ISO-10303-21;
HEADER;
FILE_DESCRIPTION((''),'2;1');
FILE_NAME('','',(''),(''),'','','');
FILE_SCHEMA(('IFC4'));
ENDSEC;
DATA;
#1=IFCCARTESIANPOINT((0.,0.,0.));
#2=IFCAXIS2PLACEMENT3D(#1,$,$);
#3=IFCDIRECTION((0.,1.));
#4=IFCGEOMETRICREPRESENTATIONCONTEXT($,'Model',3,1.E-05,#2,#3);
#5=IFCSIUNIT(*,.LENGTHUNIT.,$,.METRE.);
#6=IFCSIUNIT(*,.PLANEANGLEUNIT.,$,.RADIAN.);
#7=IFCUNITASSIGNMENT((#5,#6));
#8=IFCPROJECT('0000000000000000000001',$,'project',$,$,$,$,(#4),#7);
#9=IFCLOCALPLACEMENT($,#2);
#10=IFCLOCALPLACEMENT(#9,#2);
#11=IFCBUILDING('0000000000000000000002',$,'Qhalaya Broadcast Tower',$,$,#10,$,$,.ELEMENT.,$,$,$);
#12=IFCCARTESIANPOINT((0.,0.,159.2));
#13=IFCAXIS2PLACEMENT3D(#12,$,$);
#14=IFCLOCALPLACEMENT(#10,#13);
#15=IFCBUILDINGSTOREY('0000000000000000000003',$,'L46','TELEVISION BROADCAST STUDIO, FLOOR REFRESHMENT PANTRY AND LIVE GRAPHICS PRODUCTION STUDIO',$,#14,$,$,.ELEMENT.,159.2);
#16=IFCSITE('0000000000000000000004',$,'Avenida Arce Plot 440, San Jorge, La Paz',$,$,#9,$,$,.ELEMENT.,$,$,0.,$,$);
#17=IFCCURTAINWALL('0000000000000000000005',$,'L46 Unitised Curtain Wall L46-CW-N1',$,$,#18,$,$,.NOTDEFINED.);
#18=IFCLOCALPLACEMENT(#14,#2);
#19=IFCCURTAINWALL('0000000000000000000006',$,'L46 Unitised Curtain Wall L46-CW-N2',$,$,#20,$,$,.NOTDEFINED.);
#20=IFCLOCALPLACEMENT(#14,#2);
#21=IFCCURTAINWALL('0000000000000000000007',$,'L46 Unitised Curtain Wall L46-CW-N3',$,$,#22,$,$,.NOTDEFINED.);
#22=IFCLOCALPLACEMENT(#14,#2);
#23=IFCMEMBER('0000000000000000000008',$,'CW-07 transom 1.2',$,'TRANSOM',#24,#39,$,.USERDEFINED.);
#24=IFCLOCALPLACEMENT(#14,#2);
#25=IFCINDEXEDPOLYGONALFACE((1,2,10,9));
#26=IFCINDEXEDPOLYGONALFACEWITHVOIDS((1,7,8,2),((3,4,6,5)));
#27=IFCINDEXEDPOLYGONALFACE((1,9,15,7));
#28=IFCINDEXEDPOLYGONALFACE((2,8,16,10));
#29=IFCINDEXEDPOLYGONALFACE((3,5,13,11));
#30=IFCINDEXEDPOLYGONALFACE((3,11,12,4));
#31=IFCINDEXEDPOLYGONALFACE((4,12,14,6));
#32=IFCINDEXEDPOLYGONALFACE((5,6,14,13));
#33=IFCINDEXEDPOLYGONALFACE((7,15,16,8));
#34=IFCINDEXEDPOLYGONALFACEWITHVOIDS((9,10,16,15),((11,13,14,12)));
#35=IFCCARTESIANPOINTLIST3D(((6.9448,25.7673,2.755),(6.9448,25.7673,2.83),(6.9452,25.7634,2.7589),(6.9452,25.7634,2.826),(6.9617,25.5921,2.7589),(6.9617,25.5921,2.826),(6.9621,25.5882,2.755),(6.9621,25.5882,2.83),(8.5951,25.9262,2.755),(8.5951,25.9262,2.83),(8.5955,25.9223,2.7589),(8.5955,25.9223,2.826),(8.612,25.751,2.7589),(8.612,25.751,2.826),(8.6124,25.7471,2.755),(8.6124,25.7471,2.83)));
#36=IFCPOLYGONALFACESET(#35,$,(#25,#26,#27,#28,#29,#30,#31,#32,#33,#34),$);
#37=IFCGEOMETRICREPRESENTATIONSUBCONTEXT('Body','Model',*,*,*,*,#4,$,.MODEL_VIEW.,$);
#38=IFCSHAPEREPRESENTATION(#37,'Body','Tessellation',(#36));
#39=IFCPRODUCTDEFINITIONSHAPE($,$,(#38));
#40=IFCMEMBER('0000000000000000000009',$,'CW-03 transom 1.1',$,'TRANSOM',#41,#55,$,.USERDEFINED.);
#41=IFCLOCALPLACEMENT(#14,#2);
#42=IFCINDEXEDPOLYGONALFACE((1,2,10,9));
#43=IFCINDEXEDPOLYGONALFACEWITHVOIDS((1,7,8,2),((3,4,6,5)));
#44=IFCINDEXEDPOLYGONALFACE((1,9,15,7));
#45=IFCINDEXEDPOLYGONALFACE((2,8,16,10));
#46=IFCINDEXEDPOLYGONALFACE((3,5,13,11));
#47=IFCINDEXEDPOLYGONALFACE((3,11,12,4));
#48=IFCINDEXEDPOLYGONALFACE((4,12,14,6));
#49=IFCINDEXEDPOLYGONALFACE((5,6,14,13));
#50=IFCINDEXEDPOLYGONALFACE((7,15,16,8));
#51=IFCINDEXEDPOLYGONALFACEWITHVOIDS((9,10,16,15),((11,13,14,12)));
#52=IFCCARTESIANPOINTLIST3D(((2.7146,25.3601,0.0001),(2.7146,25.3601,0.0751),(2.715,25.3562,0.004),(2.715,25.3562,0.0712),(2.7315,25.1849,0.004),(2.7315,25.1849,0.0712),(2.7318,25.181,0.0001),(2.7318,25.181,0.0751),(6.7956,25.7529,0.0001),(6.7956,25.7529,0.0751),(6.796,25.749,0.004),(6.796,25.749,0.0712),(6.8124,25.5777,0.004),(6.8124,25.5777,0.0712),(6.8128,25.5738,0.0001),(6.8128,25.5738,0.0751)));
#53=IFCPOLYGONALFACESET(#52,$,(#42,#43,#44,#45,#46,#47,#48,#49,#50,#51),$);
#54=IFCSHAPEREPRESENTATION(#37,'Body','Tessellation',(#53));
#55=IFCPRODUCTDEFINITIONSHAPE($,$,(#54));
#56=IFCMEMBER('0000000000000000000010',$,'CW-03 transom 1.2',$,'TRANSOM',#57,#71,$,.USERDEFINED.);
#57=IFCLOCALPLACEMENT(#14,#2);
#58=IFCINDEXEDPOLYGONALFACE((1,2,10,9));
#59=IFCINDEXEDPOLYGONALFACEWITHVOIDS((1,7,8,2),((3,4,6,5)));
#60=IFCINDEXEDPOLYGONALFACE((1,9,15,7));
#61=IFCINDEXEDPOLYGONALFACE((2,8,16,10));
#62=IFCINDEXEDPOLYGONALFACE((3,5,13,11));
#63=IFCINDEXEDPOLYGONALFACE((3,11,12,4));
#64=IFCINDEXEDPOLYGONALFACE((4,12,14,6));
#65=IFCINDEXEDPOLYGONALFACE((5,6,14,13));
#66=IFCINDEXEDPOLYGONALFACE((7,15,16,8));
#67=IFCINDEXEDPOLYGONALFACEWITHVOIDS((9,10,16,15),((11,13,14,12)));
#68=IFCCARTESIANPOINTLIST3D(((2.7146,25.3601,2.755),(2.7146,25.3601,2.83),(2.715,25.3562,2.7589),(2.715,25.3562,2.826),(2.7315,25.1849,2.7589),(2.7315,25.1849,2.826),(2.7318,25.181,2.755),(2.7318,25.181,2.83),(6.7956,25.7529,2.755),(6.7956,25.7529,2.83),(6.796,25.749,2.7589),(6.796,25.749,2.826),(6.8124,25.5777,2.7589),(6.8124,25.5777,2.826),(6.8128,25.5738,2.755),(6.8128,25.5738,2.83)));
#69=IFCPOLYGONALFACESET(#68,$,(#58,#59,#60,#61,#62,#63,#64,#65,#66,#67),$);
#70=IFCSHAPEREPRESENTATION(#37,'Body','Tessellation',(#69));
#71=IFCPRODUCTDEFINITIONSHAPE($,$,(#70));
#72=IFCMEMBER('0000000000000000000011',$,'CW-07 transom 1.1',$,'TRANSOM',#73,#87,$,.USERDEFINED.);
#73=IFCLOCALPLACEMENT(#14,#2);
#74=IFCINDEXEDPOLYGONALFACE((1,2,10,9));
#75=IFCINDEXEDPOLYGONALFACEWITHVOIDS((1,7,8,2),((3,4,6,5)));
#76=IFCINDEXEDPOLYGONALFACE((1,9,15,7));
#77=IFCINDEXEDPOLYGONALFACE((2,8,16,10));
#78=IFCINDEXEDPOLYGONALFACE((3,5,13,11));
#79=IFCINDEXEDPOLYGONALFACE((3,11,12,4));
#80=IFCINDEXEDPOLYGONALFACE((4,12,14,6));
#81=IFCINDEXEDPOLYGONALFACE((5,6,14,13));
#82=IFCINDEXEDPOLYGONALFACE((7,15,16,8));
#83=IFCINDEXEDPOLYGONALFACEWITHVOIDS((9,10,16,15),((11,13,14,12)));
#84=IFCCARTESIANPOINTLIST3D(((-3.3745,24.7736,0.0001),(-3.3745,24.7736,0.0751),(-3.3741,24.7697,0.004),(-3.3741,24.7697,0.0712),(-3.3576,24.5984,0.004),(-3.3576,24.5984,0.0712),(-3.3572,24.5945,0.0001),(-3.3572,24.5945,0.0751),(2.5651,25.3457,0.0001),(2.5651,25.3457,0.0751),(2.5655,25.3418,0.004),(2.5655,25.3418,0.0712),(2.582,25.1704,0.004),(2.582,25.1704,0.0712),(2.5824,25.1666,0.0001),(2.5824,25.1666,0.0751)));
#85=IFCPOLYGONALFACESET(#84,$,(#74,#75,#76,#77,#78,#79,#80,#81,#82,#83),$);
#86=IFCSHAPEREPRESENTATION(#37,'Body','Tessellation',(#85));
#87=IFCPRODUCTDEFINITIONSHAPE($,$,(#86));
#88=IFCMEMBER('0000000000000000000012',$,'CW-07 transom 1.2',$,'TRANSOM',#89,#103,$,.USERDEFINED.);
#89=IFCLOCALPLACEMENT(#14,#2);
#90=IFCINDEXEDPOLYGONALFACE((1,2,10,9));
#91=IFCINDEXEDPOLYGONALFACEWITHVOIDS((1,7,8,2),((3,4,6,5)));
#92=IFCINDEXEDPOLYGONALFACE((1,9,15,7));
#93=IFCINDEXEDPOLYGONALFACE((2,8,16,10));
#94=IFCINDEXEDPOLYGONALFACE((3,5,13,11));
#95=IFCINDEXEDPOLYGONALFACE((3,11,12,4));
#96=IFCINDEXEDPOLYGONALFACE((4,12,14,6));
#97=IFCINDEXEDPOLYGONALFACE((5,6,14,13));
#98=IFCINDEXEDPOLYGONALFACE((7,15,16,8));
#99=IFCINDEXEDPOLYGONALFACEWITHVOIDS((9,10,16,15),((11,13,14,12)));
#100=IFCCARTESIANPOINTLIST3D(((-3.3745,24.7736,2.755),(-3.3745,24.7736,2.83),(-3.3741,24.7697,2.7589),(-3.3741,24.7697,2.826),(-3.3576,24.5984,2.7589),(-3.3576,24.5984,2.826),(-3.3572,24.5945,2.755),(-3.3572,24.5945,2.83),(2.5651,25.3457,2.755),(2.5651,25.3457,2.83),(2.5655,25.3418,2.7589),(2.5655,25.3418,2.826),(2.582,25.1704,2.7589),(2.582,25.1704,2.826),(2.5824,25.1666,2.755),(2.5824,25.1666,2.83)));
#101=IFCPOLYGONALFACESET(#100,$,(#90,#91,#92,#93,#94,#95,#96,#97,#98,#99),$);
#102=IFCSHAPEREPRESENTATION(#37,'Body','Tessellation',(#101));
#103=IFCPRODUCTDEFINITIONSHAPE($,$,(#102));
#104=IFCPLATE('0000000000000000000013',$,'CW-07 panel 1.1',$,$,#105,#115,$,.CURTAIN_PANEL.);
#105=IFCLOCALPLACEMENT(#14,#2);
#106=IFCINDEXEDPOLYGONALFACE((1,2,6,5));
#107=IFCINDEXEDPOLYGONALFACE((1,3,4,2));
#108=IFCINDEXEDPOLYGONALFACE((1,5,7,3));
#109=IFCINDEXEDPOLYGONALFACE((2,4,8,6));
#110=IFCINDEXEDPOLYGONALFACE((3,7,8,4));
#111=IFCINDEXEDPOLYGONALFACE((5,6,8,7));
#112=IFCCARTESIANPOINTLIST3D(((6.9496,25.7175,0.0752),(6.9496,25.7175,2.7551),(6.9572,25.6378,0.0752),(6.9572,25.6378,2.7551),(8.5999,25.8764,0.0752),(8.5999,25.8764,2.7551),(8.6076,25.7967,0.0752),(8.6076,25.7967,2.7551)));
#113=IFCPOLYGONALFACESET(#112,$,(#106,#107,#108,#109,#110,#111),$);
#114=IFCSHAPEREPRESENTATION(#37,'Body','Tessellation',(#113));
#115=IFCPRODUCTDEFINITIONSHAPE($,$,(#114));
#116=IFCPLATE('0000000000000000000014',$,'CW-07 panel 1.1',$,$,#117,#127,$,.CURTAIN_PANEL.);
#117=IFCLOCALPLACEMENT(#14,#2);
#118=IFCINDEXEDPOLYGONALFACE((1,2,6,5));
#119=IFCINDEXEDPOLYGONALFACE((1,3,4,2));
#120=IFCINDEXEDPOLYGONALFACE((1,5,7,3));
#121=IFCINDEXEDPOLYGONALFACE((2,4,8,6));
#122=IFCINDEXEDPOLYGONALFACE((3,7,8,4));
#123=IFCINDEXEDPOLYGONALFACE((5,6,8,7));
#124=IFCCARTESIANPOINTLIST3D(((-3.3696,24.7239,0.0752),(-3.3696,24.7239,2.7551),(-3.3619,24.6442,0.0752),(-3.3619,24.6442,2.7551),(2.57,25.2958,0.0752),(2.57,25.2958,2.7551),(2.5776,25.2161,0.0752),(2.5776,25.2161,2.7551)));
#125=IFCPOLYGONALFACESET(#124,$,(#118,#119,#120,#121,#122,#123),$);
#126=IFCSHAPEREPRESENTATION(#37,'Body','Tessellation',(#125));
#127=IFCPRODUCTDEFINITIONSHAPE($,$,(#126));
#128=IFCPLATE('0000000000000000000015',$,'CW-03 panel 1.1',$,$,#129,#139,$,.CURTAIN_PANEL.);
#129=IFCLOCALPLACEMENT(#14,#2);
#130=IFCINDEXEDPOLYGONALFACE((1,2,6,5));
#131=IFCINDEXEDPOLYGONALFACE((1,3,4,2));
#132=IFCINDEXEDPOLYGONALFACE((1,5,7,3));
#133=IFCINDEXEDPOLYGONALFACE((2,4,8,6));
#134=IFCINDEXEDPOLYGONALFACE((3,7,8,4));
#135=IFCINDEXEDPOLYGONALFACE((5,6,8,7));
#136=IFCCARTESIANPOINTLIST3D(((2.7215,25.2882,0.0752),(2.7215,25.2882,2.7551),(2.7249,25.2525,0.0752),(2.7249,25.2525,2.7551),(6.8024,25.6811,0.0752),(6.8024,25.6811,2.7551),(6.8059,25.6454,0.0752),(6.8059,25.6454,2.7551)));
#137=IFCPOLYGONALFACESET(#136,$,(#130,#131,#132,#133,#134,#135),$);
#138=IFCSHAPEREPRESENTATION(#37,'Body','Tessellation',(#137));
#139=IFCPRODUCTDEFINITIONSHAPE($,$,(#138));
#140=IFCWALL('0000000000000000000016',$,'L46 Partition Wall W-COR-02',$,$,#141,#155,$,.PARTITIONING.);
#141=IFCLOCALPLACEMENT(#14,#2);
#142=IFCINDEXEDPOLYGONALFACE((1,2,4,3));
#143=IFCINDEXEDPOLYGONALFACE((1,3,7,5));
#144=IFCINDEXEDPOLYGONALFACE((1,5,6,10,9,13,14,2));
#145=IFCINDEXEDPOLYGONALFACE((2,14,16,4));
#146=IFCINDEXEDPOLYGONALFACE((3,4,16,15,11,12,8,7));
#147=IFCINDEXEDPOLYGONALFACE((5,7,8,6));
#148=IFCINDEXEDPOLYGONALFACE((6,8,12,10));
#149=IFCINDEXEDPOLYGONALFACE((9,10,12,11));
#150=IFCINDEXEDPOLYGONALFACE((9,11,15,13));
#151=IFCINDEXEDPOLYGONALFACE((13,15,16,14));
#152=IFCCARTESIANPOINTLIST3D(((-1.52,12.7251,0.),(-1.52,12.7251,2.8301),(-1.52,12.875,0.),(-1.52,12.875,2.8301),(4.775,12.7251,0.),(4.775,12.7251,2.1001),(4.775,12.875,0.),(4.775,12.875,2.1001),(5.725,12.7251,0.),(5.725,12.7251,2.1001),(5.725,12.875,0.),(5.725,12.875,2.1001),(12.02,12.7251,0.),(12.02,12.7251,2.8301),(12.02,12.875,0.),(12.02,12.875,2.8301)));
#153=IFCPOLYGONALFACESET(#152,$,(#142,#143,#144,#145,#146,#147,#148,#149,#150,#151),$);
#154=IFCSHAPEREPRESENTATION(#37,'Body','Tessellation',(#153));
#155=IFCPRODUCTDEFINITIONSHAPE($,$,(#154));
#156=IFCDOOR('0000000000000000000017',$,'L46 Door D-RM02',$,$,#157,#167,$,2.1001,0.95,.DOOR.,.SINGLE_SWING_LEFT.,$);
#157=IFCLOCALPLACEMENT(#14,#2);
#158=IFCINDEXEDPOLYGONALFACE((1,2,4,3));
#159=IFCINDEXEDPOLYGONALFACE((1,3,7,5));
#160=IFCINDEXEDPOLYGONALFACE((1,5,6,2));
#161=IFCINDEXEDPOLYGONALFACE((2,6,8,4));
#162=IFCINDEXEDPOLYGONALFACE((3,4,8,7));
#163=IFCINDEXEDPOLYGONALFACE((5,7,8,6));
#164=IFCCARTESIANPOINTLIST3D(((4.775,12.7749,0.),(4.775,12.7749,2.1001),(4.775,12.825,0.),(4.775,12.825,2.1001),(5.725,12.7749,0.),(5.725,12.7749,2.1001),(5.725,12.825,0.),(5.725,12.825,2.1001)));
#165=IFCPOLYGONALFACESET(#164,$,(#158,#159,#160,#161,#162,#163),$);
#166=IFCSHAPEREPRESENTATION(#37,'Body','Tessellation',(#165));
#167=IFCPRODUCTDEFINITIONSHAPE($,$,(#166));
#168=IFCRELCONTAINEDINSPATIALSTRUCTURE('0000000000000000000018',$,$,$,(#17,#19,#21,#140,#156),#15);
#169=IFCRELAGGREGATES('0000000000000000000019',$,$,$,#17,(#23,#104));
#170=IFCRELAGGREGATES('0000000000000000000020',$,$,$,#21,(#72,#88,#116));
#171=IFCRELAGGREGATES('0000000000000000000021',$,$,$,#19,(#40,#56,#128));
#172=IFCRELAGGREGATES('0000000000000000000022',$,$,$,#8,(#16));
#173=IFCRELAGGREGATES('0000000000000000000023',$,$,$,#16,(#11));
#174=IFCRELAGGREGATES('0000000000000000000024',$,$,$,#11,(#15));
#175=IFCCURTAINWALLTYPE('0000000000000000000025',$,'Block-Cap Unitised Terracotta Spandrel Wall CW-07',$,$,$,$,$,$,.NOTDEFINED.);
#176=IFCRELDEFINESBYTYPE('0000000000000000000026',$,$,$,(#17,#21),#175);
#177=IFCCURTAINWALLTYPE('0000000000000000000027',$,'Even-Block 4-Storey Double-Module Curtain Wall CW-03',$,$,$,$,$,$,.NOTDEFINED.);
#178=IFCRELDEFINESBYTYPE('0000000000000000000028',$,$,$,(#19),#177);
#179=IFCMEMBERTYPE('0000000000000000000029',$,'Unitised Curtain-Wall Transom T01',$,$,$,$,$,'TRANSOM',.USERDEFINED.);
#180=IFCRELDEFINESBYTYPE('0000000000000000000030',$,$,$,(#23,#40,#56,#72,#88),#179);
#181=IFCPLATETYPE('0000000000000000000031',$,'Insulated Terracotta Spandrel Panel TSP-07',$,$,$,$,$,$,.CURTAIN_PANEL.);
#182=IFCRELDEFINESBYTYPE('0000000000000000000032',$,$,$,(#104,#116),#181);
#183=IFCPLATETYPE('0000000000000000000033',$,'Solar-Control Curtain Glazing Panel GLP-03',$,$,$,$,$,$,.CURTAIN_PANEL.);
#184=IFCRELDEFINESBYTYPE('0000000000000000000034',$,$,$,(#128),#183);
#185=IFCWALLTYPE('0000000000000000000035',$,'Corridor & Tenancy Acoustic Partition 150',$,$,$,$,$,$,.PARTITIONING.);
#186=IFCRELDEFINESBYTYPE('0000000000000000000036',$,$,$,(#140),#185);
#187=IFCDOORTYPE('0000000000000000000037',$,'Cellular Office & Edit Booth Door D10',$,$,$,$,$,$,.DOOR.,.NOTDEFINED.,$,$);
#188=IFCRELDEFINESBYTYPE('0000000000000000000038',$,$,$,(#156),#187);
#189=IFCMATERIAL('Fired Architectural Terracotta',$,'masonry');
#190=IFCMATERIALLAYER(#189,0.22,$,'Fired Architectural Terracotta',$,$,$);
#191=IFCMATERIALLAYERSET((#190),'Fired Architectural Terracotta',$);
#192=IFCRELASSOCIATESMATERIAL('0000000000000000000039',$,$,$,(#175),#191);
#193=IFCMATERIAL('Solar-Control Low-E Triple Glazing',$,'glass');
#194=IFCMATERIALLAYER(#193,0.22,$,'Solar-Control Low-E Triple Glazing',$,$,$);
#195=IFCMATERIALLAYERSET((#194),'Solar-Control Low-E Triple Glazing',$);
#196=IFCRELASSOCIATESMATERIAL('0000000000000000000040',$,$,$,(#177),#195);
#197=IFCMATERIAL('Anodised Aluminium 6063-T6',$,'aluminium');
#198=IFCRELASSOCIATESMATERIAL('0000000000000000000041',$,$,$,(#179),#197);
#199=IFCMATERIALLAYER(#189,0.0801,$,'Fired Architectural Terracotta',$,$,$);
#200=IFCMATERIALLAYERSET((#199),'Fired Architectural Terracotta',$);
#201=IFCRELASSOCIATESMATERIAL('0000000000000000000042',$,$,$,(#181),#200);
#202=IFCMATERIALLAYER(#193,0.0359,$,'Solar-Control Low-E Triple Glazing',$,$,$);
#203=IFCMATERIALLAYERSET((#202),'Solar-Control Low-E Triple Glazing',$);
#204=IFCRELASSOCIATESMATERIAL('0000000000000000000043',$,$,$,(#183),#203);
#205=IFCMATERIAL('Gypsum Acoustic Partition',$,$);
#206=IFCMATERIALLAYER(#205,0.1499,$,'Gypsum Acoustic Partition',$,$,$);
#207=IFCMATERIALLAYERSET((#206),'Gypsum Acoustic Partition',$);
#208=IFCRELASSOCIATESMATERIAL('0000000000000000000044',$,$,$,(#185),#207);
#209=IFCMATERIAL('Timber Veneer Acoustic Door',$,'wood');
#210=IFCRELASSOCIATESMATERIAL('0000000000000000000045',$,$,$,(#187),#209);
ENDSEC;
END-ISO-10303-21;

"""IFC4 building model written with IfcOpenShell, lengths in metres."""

from ifc_helpers import new_model, si_unit, direction, frame, frame_2d, origin, origin_2d, place, context, subcontext, project, spatial, rectangle, hollow_rectangle, extrude, material, layer, layer_set, material_profile, profile_set, type_object, element, fill, aggregate, save


model = new_model("IFC4")

# Units and contexts
model_context = context("Model", 3, precision=1e-05, world=origin(), true_north=direction((0.0, 1.0)))
body_context = subcontext(model_context, "Body", "Model", "MODEL_VIEW")
ifc_project = project(units=[si_unit("LENGTHUNIT", "METRE"), si_unit("PLANEANGLEUNIT", "RADIAN")], contexts=[model_context])

# Site, building, storey
site_placement = place(None, origin())
site = spatial("IfcSite", under=ifc_project, at=site_placement, Name="Avenida Arce Plot 440, San Jorge, La Paz", CompositionType="ELEMENT", RefElevation=0.0)
building_placement = place(site_placement, origin())
building = spatial("IfcBuilding", under=site, at=building_placement, Name="Qhalaya Broadcast Tower", CompositionType="ELEMENT")
storey_placement = place(building_placement, frame((0.0, 0.0, 159.2)))
storey = spatial("IfcBuildingStorey", under=building, at=storey_placement, Name="L46", Description="TELEVISION BROADCAST STUDIO, FLOOR REFRESHMENT PANTRY AND LIVE GRAPHICS PRODUCTION STUDIO", CompositionType="ELEMENT", Elevation=159.2)

# Curtain walls
ifc_material_1 = material(Name="Fired Architectural Terracotta", Category="masonry")
ifc_layer_1 = layer(ifc_material_1, 0.22, Name="Fired Architectural Terracotta")
ifc_layer_set_1 = layer_set([ifc_layer_1], Name="Fired Architectural Terracotta")
curtain_wall_type_1 = type_object("IfcCurtainWallType", Name="Block-Cap Unitised Terracotta Spandrel Wall CW-07", PredefinedType="NOTDEFINED", material=ifc_layer_set_1)
curtain_wall_1_placement = place(storey_placement, origin())
curtain_wall_1 = element("IfcCurtainWall", 1, at=curtain_wall_1_placement, inside=storey, type_object=curtain_wall_type_1, Name="L46 Unitised Curtain Wall L46-CW-N1", PredefinedType="NOTDEFINED")
ifc_material_2 = material(Name="Anodised Aluminium 6063-T6", Category="aluminium")
ifc_material_3 = material(Name="Solar-Control Low-E Triple Glazing", Category="glass")
ifc_layer_2 = layer(ifc_material_3, 0.22, Name="Solar-Control Low-E Triple Glazing")
ifc_layer_set_2 = layer_set([ifc_layer_2], Name="Solar-Control Low-E Triple Glazing")
curtain_wall_type_2 = type_object("IfcCurtainWallType", Name="Even-Block 4-Storey Double-Module Curtain Wall CW-03", PredefinedType="NOTDEFINED", material=ifc_layer_set_2)
curtain_wall_2_placement = place(storey_placement, origin())
curtain_wall_2 = element("IfcCurtainWall", 2, at=curtain_wall_2_placement, inside=storey, type_object=curtain_wall_type_2, Name="L46 Unitised Curtain Wall L46-CW-N2", PredefinedType="NOTDEFINED")

# Curtain wall
curtain_wall_3_placement = place(storey_placement, origin())
curtain_wall_3 = element("IfcCurtainWall", 3, at=curtain_wall_3_placement, inside=storey, type_object=curtain_wall_type_1, Name="L46 Unitised Curtain Wall L46-CW-N3", PredefinedType="NOTDEFINED")

# Members
ifc_material_profile_1 = material_profile(ifc_material_2, hollow_rectangle(XDim=0.075, YDim=0.1799, WallThickness=0.0039, at=origin_2d()), Name="ALU-TRN 75x180x4")
ifc_profile_set_1 = profile_set([ifc_material_profile_1], Name="Anodised Aluminium 6063-T6")
member_type_1 = type_object("IfcMemberType", Name="Unitised Curtain-Wall Transom T01", ElementType="TRANSOM", PredefinedType="USERDEFINED", material=ifc_profile_set_1)
member_1_placement = place(storey_placement, frame((8.6038, 25.8367, 2.7925), z_axis=(-0.995395, -0.095858, 0.0), x_axis=(0.0, 0.0, 1.0)))
member_1 = element("IfcMember", 4, at=member_1_placement, type_object=member_type_1, Name="CW-07 transom 1.2", ObjectType="TRANSOM", PredefinedType="USERDEFINED", context=body_context, shape_type="SweptSolid", body=[
    extrude(hollow_rectangle(XDim=0.075, YDim=0.1799, WallThickness=0.0039, at=origin_2d()), origin(), (0.0, 0.0, 1.0), 1.658),
])
member_2_placement = place(storey_placement, frame((6.8042, 25.6633, 0.0376), z_axis=(-0.995399, -0.095812, 0.0), x_axis=(0.0, 0.0, 1.0)))
member_2 = element("IfcMember", 5, at=member_2_placement, type_object=member_type_1, Name="CW-03 transom 1.1", ObjectType="TRANSOM", PredefinedType="USERDEFINED", context=body_context, shape_type="SweptSolid", body=[
    extrude(hollow_rectangle(XDim=0.075, YDim=0.1799, WallThickness=0.0039, at=origin_2d()), origin(), (0.0, 0.0, 1.0), 4.0999),
])
member_3_placement = place(storey_placement, frame((6.8042, 25.6633, 2.7925), z_axis=(-0.995399, -0.095812, 0.0), x_axis=(0.0, 0.0, 1.0)))
member_3 = element("IfcMember", 6, at=member_3_placement, type_object=member_type_1, Name="CW-03 transom 1.2", ObjectType="TRANSOM", PredefinedType="USERDEFINED", context=body_context, shape_type="SweptSolid", body=[
    extrude(hollow_rectangle(XDim=0.075, YDim=0.1799, WallThickness=0.0039, at=origin_2d()), origin(), (0.0, 0.0, 1.0), 4.0999),
])
member_4_placement = place(storey_placement, frame((2.5737, 25.2561, 0.0376), z_axis=(-0.995394, -0.095865, 0.0), x_axis=(0.0, 0.0, 1.0)))
member_4 = element("IfcMember", 7, at=member_4_placement, type_object=member_type_1, Name="CW-07 transom 1.1", ObjectType="TRANSOM", PredefinedType="USERDEFINED", context=body_context, shape_type="SweptSolid", body=[
    extrude(hollow_rectangle(XDim=0.075, YDim=0.1799, WallThickness=0.0039, at=origin_2d()), origin(), (0.0, 0.0, 1.0), 5.967),
])
member_5_placement = place(storey_placement, frame((2.5737, 25.2561, 2.7925), z_axis=(-0.995394, -0.095865, 0.0), x_axis=(0.0, 0.0, 1.0)))
member_5 = element("IfcMember", 8, at=member_5_placement, type_object=member_type_1, Name="CW-07 transom 1.2", ObjectType="TRANSOM", PredefinedType="USERDEFINED", context=body_context, shape_type="SweptSolid", body=[
    extrude(hollow_rectangle(XDim=0.075, YDim=0.1799, WallThickness=0.0039, at=origin_2d()), origin(), (0.0, 0.0, 1.0), 5.967),
])

# Plates
ifc_layer_3 = layer(ifc_material_1, 0.0801, Name="Fired Architectural Terracotta")
ifc_layer_set_3 = layer_set([ifc_layer_3], Name="Fired Architectural Terracotta")
plate_type_1 = type_object("IfcPlateType", Name="Insulated Terracotta Spandrel Panel TSP-07", PredefinedType="CURTAIN_PANEL", material=ifc_layer_set_3)
plate_1_placement = place(storey_placement, frame((7.7786, 25.7571, 0.0752), z_axis=(0.0, 0.0, 1.0), x_axis=(-0.995396, -0.09585, 0.0)))
plate_1 = element("IfcPlate", 9, at=plate_1_placement, type_object=plate_type_1, Name="CW-07 panel 1.1", PredefinedType="CURTAIN_PANEL", context=body_context, shape_type="SweptSolid", body=[
    extrude(rectangle(XDim=1.658, YDim=0.0801, at=origin_2d()), origin(), (0.0, 0.0, 1.0), 2.6799),
])
aggregate(curtain_wall_1, [member_1, plate_1])
plate_2_placement = place(storey_placement, frame((-0.396, 24.97, 0.0752), z_axis=(0.0, 0.0, 1.0), x_axis=(-0.995396, -0.095848, 0.0)))
plate_2 = element("IfcPlate", 10, at=plate_2_placement, type_object=plate_type_1, Name="CW-07 panel 1.1", PredefinedType="CURTAIN_PANEL", context=body_context, shape_type="SweptSolid", body=[
    extrude(rectangle(XDim=5.967, YDim=0.0801, at=origin_2d()), origin(), (0.0, 0.0, 1.0), 2.6799),
])
aggregate(curtain_wall_3, [member_4, member_5, plate_2])
ifc_layer_4 = layer(ifc_material_3, 0.0359, Name="Solar-Control Low-E Triple Glazing")
ifc_layer_set_4 = layer_set([ifc_layer_4], Name="Solar-Control Low-E Triple Glazing")
plate_type_2 = type_object("IfcPlateType", Name="Solar-Control Curtain Glazing Panel GLP-03", PredefinedType="CURTAIN_PANEL", material=ifc_layer_set_4)
plate_3_placement = place(storey_placement, frame((4.7637, 25.4668, 0.0752), z_axis=(0.0, 0.0, 1.0), x_axis=(-0.995397, -0.095836, 0.0)))
plate_3 = element("IfcPlate", 11, at=plate_3_placement, type_object=plate_type_2, Name="CW-03 panel 1.1", PredefinedType="CURTAIN_PANEL", context=body_context, shape_type="SweptSolid", body=[
    extrude(rectangle(XDim=4.0999, YDim=0.0359, at=origin_2d()), origin(), (0.0, 0.0, 1.0), 2.6799),
])
aggregate(curtain_wall_2, [member_2, member_3, plate_3])

# Wall, opening, door
ifc_material_4 = material(Name="Gypsum Acoustic Partition")
ifc_layer_5 = layer(ifc_material_4, 0.1499, Name="Gypsum Acoustic Partition")
ifc_layer_set_5 = layer_set([ifc_layer_5], Name="Gypsum Acoustic Partition")
wall_type = type_object("IfcWallType", Name="Corridor & Tenancy Acoustic Partition 150", PredefinedType="PARTITIONING", material=ifc_layer_set_5)
wall_placement = place(storey_placement, frame((-1.52, 12.8, 0.0), z_axis=(0.0, 0.0, 1.0), x_axis=(1.0, 0.0, 0.0)))
wall = element("IfcWall", 12, at=wall_placement, inside=storey, type_object=wall_type, Name="L46 Partition Wall W-COR-02", PredefinedType="PARTITIONING", context=body_context, shape_type="SweptSolid", body=[
    extrude(rectangle(XDim=13.54, YDim=0.1499, at=frame_2d((6.77, 0.0))), origin(), (0.0, 0.0, 1.0), 2.8301),
])
opening_placement = place(wall_placement, frame((6.2949, 0.0, 0.0)))
opening = element("IfcOpeningElement", 13, at=opening_placement, cuts=wall, PredefinedType="OPENING", context=body_context, shape_type="SweptSolid", body=[
    extrude(rectangle(XDim=0.95, YDim=2.1001, at=frame_2d((0.4751, 1.05))), frame((0.0, 0.0869, 0.0), z_axis=(0.0, -1.0, 0.0), x_axis=(1.0, 0.0, 0.0)), (0.0, 0.0, 1.0), 0.1738),
])
ifc_material_5 = material(Name="Timber Veneer Acoustic Door", Category="wood")
door_type = type_object("IfcDoorType", Name="Cellular Office & Edit Booth Door D10", OperationType="NOTDEFINED", PredefinedType="DOOR", material=ifc_material_5)
door_placement = place(opening_placement, origin())
door = element("IfcDoor", 14, at=door_placement, inside=storey, type_object=door_type, Name="L46 Door D-RM02", OperationType="SINGLE_SWING_LEFT", OverallHeight=2.1001, OverallWidth=0.95, PredefinedType="DOOR", context=body_context, shape_type="SweptSolid", body=[
    extrude(rectangle(XDim=0.95, YDim=2.1001, at=frame_2d((0.4751, 1.05))), frame((0.0, 0.0249, 0.0), z_axis=(0.0, -1.0, 0.0), x_axis=(1.0, 0.0, 0.0)), (0.0, 0.0, 1.0), 0.05),
])
fill(opening, door)

save(model, "model.ifc")
